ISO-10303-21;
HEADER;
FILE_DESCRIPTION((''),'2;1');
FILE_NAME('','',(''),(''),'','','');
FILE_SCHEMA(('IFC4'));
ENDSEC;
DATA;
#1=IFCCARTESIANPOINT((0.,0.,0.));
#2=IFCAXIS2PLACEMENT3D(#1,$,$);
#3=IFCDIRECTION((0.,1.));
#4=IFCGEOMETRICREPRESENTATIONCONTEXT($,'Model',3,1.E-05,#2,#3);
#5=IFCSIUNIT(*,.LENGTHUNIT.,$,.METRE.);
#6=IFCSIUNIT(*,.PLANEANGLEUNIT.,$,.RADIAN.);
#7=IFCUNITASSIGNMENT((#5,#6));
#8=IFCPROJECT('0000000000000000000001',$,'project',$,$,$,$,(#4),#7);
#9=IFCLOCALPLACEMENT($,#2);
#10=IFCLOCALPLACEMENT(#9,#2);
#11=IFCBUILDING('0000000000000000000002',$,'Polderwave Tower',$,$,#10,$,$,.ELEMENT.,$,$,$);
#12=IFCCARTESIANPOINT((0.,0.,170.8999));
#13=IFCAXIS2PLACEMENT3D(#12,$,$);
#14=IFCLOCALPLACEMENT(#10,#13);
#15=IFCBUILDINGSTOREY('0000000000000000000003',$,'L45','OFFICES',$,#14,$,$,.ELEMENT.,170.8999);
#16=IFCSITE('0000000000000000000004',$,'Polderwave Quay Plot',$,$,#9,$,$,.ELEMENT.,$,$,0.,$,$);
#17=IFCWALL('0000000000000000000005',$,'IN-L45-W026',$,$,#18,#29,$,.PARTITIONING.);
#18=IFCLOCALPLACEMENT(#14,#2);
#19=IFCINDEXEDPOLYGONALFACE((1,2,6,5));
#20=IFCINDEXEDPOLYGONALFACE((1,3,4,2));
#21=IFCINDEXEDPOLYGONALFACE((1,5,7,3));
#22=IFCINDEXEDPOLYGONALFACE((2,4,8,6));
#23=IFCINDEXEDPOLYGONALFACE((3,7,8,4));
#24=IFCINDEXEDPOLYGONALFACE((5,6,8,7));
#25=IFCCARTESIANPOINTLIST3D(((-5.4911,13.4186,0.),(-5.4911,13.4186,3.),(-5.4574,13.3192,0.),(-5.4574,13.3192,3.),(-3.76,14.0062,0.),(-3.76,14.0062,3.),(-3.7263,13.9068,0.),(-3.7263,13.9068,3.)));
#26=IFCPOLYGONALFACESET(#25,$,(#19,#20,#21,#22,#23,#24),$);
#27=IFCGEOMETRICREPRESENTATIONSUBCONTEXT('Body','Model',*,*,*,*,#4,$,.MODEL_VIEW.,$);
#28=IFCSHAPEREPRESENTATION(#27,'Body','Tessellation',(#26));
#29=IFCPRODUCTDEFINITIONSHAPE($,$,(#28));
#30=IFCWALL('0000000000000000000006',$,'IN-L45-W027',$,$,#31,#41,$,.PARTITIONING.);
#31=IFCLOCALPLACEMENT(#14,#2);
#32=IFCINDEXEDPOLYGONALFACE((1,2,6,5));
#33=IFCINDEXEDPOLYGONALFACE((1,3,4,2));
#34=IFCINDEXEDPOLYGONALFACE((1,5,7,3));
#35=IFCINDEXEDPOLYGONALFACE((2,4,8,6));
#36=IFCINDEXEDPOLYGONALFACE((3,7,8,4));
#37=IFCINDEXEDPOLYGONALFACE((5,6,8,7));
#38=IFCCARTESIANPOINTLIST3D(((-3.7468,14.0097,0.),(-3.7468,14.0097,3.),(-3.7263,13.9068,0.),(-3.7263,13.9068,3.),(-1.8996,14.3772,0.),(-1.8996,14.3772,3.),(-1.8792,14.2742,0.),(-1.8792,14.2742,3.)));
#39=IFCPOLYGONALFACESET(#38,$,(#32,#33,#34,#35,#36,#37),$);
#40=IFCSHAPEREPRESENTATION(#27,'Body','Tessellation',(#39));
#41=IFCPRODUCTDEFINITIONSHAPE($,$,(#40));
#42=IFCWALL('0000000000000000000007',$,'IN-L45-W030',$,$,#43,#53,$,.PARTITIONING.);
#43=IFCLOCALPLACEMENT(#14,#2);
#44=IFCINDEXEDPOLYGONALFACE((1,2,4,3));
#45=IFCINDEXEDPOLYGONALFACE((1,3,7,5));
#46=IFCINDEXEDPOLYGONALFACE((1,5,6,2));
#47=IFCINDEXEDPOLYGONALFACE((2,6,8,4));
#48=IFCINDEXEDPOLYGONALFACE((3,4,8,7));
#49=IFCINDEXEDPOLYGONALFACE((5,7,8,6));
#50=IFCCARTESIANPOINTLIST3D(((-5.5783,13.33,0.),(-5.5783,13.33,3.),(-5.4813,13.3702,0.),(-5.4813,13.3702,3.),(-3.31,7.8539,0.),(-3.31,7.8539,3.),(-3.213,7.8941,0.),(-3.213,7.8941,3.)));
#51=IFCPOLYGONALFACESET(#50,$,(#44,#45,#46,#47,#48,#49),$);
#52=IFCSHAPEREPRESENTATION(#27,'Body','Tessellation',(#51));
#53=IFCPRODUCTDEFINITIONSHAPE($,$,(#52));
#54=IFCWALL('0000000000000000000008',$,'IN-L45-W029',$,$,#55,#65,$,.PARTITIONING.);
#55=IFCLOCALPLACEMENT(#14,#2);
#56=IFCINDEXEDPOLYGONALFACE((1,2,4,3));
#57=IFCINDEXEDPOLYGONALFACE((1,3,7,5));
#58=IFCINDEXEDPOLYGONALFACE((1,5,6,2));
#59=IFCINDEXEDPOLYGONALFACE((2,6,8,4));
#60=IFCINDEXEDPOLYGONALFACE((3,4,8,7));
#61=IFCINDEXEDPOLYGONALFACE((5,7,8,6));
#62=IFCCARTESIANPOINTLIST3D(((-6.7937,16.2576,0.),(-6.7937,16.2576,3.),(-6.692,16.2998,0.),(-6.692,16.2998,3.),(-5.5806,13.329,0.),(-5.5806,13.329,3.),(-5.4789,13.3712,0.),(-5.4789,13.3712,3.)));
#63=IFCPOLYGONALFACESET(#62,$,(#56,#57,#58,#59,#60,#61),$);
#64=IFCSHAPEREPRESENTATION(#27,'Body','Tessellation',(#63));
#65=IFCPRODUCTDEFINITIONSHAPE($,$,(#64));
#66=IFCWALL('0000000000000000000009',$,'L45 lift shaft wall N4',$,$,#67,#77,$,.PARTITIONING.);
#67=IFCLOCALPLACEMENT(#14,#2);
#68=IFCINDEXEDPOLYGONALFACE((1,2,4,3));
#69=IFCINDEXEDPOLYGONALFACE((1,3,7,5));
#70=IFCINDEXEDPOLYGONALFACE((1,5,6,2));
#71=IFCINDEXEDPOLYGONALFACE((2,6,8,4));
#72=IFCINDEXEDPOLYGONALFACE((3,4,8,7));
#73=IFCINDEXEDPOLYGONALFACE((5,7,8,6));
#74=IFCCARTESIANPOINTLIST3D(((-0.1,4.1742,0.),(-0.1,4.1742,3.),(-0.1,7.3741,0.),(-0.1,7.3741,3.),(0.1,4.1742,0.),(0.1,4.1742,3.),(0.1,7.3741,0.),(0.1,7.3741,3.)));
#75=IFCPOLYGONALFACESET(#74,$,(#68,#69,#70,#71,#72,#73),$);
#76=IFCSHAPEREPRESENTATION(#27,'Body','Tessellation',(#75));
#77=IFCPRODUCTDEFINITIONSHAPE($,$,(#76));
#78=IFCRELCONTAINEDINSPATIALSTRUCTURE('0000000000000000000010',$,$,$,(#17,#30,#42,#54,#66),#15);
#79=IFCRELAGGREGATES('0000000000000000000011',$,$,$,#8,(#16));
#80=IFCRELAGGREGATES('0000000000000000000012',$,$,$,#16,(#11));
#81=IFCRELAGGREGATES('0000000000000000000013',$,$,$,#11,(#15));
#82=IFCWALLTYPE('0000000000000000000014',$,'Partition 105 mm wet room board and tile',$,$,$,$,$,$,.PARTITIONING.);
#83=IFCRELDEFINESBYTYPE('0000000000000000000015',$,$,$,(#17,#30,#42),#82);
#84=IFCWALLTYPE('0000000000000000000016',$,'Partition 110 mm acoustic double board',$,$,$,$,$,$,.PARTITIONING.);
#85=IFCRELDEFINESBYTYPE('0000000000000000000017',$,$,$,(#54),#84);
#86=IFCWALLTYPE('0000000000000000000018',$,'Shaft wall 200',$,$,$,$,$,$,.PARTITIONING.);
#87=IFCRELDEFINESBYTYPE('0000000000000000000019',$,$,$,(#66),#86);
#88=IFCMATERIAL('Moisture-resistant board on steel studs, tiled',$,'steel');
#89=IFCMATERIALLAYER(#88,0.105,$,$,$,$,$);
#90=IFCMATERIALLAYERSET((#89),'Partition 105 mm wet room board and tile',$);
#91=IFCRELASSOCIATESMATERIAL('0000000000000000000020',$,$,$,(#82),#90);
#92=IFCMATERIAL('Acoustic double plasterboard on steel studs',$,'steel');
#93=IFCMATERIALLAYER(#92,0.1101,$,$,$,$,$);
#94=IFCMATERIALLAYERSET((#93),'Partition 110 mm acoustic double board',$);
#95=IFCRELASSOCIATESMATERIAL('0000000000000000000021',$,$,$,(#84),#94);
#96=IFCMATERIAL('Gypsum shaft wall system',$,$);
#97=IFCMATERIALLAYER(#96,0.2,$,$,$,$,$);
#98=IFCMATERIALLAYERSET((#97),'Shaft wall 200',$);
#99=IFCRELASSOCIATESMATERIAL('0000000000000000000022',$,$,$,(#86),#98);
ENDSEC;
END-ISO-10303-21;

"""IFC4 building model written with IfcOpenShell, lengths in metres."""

from ifc_helpers import new_model, si_unit, direction, frame, frame_2d, origin, place, context, subcontext, project, spatial, rectangle, extrude, material, layer, layer_set, type_object, element, save


model = new_model("IFC4")

# Units and contexts
model_context = context("Model", 3, precision=1e-05, world=origin(), true_north=direction((0.0, 1.0)))
body_context = subcontext(model_context, "Body", "Model", "MODEL_VIEW")
ifc_project = project(units=[si_unit("LENGTHUNIT", "METRE"), si_unit("PLANEANGLEUNIT", "RADIAN")], contexts=[model_context])

# Site, building, storey
site_placement = place(None, origin())
site = spatial("IfcSite", under=ifc_project, at=site_placement, Name="Polderwave Quay Plot", CompositionType="ELEMENT", RefElevation=0.0)
building_placement = place(site_placement, origin())
building = spatial("IfcBuilding", under=site, at=building_placement, Name="Polderwave Tower", CompositionType="ELEMENT")
storey_placement = place(building_placement, frame((0.0, 0.0, 170.8999)))
storey = spatial("IfcBuildingStorey", under=building, at=storey_placement, Name="L45", Description="OFFICES", CompositionType="ELEMENT", Elevation=170.8999)

# Walls
ifc_material_1 = material(Name="Moisture-resistant board on steel studs, tiled", Category="steel")
ifc_layer_1 = layer(ifc_material_1, 0.105)
ifc_layer_set_1 = layer_set([ifc_layer_1], Name="Partition 105 mm wet room board and tile")
wall_type_1 = type_object("IfcWallType", Name="Partition 105 mm wet room board and tile", PredefinedType="PARTITIONING", material=ifc_layer_set_1)
wall_1_placement = place(storey_placement, frame((-3.7432, 13.9565, 0.0), z_axis=(0.0, 0.0, 1.0), x_axis=(-0.946933, -0.321431, 0.0)))
element("IfcWall", 1, at=wall_1_placement, inside=storey, type_object=wall_type_1, Name="IN-L45-W026", PredefinedType="PARTITIONING", context=body_context, shape_type="SweptSolid", body=[
    extrude(rectangle(XDim=1.8281, YDim=0.105, at=frame_2d((0.9141, 0.0))), origin(), (0.0, 0.0, 1.0), 3.0),
])
wall_2_placement = place(storey_placement, frame((-1.8894, 14.3257, 0.0), z_axis=(0.0, 0.0, 1.0), x_axis=(-0.980785, -0.195094, 0.0)))
element("IfcWall", 2, at=wall_2_placement, inside=storey, type_object=wall_type_1, Name="IN-L45-W027", PredefinedType="PARTITIONING", context=body_context, shape_type="SweptSolid", body=[
    extrude(rectangle(XDim=1.8833, YDim=0.105, at=frame_2d((0.9417, 0.0))), origin(), (0.0, 0.0, 1.0), 3.0),
])
wall_3_placement = place(storey_placement, frame((-3.2615, 7.874, 0.0), z_axis=(0.0, 0.0, 1.0), x_axis=(-0.38269, 0.923877, 0.0)))
element("IfcWall", 3, at=wall_3_placement, inside=storey, type_object=wall_type_1, Name="IN-L45-W030", PredefinedType="PARTITIONING", context=body_context, shape_type="SweptSolid", body=[
    extrude(rectangle(XDim=5.9272, YDim=0.105, at=frame_2d((2.9636, 0.0))), origin(), (0.0, 0.0, 1.0), 3.0),
])
ifc_material_2 = material(Name="Acoustic double plasterboard on steel studs", Category="steel")
ifc_layer_2 = layer(ifc_material_2, 0.1101)
ifc_layer_set_2 = layer_set([ifc_layer_2], Name="Partition 110 mm acoustic double board")
wall_type_2 = type_object("IfcWallType", Name="Partition 110 mm acoustic double board", PredefinedType="PARTITIONING", material=ifc_layer_set_2)
wall_4_placement = place(storey_placement, frame((-5.5298, 13.3501, 0.0), z_axis=(0.0, 0.0, 1.0), x_axis=(-0.38269, 0.923877, 0.0)))
element("IfcWall", 4, at=wall_4_placement, inside=storey, type_object=wall_type_2, Name="IN-L45-W029", PredefinedType="PARTITIONING", context=body_context, shape_type="SweptSolid", body=[
    extrude(rectangle(XDim=3.1699, YDim=0.1101, at=frame_2d((1.585, 0.0))), origin(), (0.0, 0.0, 1.0), 3.0),
])
ifc_material_3 = material(Name="Gypsum shaft wall system")
ifc_layer_3 = layer(ifc_material_3, 0.2)
ifc_layer_set_3 = layer_set([ifc_layer_3], Name="Shaft wall 200")
wall_type_3 = type_object("IfcWallType", Name="Shaft wall 200", PredefinedType="PARTITIONING", material=ifc_layer_set_3)
wall_5_placement = place(storey_placement, frame((0.0, 4.1741, 0.0), z_axis=(0.0, 0.0, 1.0), x_axis=(0.0, 1.0, 0.0)))
element("IfcWall", 5, at=wall_5_placement, inside=storey, type_object=wall_type_3, Name="L45 lift shaft wall N4", PredefinedType="PARTITIONING", context=body_context, shape_type="SweptSolid", body=[
    extrude(rectangle(XDim=3.2, YDim=0.2, at=frame_2d((1.6001, 0.0))), origin(), (0.0, 0.0, 1.0), 3.0),
])

save(model, "model.ifc")
